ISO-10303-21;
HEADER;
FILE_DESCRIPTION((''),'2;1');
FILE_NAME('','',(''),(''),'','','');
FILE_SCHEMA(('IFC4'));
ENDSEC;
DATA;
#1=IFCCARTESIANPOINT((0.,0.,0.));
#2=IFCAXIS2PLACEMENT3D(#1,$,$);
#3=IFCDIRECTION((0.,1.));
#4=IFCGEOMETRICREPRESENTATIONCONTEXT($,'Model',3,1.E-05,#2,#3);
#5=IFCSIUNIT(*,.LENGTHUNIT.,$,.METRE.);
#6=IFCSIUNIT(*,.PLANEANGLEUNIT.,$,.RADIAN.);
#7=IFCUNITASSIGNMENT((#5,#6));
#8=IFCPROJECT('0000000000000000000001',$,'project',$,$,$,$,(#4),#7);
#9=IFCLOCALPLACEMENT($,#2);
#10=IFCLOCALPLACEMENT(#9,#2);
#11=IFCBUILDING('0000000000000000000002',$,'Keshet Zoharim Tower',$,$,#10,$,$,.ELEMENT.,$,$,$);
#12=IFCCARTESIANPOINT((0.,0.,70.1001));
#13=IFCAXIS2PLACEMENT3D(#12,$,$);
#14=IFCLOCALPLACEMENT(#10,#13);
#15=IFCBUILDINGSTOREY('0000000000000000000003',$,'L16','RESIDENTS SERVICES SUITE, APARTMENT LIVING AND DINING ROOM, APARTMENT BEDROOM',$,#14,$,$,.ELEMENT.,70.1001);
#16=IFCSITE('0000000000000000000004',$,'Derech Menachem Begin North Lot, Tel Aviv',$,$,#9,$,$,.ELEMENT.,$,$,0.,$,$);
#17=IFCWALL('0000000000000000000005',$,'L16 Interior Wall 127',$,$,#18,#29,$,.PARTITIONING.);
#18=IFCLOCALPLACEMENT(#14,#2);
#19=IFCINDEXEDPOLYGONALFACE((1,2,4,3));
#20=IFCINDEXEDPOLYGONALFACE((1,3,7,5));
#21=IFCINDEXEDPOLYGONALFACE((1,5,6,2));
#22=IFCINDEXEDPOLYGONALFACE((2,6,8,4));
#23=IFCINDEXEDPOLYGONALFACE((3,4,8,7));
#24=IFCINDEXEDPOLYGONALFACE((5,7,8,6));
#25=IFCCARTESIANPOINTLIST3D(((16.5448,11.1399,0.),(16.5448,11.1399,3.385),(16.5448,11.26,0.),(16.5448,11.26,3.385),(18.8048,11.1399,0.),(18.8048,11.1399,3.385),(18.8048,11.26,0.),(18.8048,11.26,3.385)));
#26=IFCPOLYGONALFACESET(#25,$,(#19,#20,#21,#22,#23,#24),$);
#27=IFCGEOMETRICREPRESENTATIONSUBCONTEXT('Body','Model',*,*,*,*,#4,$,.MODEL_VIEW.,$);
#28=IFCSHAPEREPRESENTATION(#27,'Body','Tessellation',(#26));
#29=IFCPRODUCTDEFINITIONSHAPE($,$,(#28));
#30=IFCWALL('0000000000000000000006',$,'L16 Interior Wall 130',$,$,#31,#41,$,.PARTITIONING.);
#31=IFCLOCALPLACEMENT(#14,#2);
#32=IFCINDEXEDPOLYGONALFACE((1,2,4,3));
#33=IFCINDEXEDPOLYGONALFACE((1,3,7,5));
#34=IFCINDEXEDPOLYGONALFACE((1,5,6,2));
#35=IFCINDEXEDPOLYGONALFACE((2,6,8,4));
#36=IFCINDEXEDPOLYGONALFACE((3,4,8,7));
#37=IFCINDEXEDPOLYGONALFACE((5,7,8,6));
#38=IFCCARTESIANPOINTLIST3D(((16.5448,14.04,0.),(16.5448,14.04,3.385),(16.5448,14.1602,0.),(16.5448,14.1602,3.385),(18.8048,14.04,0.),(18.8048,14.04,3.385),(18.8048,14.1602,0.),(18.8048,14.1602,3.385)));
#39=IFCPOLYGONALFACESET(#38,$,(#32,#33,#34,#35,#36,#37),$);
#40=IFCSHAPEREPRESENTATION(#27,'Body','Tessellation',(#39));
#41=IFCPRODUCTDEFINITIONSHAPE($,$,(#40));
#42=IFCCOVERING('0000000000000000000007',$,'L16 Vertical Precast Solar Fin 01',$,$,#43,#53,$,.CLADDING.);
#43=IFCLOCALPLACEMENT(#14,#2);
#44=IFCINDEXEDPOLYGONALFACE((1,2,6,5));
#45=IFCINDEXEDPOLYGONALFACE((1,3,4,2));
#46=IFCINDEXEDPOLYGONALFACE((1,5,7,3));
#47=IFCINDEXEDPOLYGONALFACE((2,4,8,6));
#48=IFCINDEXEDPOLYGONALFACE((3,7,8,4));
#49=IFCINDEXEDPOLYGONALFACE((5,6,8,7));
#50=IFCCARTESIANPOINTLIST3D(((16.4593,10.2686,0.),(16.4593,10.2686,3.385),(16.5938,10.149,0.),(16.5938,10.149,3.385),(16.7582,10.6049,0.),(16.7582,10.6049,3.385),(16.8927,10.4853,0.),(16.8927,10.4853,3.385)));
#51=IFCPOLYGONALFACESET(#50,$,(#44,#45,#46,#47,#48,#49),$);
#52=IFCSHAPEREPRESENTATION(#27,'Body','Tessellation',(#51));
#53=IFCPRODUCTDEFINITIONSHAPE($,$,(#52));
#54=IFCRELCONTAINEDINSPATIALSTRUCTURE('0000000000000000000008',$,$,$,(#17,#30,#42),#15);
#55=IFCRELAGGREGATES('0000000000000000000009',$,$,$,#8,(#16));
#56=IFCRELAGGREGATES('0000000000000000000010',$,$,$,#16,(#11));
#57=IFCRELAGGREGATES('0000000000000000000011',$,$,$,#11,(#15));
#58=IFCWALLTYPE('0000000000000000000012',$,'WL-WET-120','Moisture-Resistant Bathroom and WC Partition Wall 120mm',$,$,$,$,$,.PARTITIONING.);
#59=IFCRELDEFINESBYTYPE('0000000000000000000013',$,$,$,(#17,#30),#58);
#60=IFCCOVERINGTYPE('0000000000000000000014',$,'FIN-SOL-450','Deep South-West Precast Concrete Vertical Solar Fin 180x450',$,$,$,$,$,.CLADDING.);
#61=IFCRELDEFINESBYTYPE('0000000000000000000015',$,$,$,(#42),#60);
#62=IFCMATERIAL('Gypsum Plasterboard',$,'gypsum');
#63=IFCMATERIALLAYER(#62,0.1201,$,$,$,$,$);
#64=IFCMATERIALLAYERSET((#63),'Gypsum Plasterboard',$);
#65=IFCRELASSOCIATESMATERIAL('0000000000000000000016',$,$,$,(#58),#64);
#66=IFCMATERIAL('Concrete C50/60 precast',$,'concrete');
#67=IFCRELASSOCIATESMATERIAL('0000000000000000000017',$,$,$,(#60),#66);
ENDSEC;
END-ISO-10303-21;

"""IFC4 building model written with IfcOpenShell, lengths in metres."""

from ifc_helpers import new_model, si_unit, direction, frame, frame_2d, origin, origin_2d, place, context, subcontext, project, spatial, rectangle, extrude, material, layer, layer_set, type_object, element, save


model = new_model("IFC4")

# Units and contexts
model_context = context("Model", 3, precision=1e-05, world=origin(), true_north=direction((0.0, 1.0)))
body_context = subcontext(model_context, "Body", "Model", "MODEL_VIEW")
ifc_project = project(units=[si_unit("LENGTHUNIT", "METRE"), si_unit("PLANEANGLEUNIT", "RADIAN")], contexts=[model_context])

# Site, building, storey
site_placement = place(None, origin())
site = spatial("IfcSite", under=ifc_project, at=site_placement, Name="Derech Menachem Begin North Lot, Tel Aviv", CompositionType="ELEMENT", RefElevation=0.0)
building_placement = place(site_placement, origin())
building = spatial("IfcBuilding", under=site, at=building_placement, Name="Keshet Zoharim Tower", CompositionType="ELEMENT")
storey_placement = place(building_placement, frame((0.0, 0.0, 70.1001)))
storey = spatial("IfcBuildingStorey", under=building, at=storey_placement, Name="L16", Description="RESIDENTS SERVICES SUITE, APARTMENT LIVING AND DINING ROOM, APARTMENT BEDROOM", CompositionType="ELEMENT", Elevation=70.1001)

# Shared definitions
ifc_material_1 = material(Name="Gypsum Plasterboard", Category="gypsum")

# Shared definitions
ifc_layer_1 = layer(ifc_material_1, 0.1201)
ifc_layer_set_1 = layer_set([ifc_layer_1], Name="Gypsum Plasterboard")
wall_type_1 = type_object("IfcWallType", Name="WL-WET-120", Description="Moisture-Resistant Bathroom and WC Partition Wall 120mm", PredefinedType="PARTITIONING", material=ifc_layer_set_1)

# Walls
for number, where, z_axis, x_axis, name in (
    (1, (16.5449, 11.2, 0.0), (0.0, 0.0, 1.0), (1.0, 0.0, 0.0), "L16 Interior Wall 127"),
    (2, (16.5449, 14.1001, 0.0), (0.0, 0.0, 1.0), (1.0, 0.0, 0.0), "L16 Interior Wall 130"),
):
    element("IfcWall", number, at=place(storey_placement, frame(where, z_axis=z_axis, x_axis=x_axis)), inside=storey, type_object=wall_type_1, Name=name, PredefinedType="PARTITIONING", context=body_context, shape_type="SweptSolid", body=[
        extrude(rectangle(XDim=2.26, YDim=0.1201, at=frame_2d((1.1299, 0.0))), origin(), (0.0, 0.0, 1.0), 3.385),
    ])

# Covering
ifc_material_2 = material(Name="Concrete C50/60 precast", Category="concrete")
covering_type = type_object("IfcCoveringType", Name="FIN-SOL-450", Description="Deep South-West Precast Concrete Vertical Solar Fin 180x450", PredefinedType="CLADDING", material=ifc_material_2)
covering_placement = place(storey_placement, frame((16.676, 10.377, 0.0), z_axis=(0.0, 0.0, 1.0), x_axis=(-0.747409, 0.664364, 0.0)))
element("IfcCovering", 3, at=covering_placement, inside=storey, type_object=covering_type, Name="L16 Vertical Precast Solar Fin 01", PredefinedType="CLADDING", context=body_context, shape_type="SweptSolid", body=[
    extrude(rectangle(XDim=0.1799, YDim=0.45, at=origin_2d()), origin(), (0.0, 0.0, 1.0), 3.385),
])

save(model, "model.ifc")
